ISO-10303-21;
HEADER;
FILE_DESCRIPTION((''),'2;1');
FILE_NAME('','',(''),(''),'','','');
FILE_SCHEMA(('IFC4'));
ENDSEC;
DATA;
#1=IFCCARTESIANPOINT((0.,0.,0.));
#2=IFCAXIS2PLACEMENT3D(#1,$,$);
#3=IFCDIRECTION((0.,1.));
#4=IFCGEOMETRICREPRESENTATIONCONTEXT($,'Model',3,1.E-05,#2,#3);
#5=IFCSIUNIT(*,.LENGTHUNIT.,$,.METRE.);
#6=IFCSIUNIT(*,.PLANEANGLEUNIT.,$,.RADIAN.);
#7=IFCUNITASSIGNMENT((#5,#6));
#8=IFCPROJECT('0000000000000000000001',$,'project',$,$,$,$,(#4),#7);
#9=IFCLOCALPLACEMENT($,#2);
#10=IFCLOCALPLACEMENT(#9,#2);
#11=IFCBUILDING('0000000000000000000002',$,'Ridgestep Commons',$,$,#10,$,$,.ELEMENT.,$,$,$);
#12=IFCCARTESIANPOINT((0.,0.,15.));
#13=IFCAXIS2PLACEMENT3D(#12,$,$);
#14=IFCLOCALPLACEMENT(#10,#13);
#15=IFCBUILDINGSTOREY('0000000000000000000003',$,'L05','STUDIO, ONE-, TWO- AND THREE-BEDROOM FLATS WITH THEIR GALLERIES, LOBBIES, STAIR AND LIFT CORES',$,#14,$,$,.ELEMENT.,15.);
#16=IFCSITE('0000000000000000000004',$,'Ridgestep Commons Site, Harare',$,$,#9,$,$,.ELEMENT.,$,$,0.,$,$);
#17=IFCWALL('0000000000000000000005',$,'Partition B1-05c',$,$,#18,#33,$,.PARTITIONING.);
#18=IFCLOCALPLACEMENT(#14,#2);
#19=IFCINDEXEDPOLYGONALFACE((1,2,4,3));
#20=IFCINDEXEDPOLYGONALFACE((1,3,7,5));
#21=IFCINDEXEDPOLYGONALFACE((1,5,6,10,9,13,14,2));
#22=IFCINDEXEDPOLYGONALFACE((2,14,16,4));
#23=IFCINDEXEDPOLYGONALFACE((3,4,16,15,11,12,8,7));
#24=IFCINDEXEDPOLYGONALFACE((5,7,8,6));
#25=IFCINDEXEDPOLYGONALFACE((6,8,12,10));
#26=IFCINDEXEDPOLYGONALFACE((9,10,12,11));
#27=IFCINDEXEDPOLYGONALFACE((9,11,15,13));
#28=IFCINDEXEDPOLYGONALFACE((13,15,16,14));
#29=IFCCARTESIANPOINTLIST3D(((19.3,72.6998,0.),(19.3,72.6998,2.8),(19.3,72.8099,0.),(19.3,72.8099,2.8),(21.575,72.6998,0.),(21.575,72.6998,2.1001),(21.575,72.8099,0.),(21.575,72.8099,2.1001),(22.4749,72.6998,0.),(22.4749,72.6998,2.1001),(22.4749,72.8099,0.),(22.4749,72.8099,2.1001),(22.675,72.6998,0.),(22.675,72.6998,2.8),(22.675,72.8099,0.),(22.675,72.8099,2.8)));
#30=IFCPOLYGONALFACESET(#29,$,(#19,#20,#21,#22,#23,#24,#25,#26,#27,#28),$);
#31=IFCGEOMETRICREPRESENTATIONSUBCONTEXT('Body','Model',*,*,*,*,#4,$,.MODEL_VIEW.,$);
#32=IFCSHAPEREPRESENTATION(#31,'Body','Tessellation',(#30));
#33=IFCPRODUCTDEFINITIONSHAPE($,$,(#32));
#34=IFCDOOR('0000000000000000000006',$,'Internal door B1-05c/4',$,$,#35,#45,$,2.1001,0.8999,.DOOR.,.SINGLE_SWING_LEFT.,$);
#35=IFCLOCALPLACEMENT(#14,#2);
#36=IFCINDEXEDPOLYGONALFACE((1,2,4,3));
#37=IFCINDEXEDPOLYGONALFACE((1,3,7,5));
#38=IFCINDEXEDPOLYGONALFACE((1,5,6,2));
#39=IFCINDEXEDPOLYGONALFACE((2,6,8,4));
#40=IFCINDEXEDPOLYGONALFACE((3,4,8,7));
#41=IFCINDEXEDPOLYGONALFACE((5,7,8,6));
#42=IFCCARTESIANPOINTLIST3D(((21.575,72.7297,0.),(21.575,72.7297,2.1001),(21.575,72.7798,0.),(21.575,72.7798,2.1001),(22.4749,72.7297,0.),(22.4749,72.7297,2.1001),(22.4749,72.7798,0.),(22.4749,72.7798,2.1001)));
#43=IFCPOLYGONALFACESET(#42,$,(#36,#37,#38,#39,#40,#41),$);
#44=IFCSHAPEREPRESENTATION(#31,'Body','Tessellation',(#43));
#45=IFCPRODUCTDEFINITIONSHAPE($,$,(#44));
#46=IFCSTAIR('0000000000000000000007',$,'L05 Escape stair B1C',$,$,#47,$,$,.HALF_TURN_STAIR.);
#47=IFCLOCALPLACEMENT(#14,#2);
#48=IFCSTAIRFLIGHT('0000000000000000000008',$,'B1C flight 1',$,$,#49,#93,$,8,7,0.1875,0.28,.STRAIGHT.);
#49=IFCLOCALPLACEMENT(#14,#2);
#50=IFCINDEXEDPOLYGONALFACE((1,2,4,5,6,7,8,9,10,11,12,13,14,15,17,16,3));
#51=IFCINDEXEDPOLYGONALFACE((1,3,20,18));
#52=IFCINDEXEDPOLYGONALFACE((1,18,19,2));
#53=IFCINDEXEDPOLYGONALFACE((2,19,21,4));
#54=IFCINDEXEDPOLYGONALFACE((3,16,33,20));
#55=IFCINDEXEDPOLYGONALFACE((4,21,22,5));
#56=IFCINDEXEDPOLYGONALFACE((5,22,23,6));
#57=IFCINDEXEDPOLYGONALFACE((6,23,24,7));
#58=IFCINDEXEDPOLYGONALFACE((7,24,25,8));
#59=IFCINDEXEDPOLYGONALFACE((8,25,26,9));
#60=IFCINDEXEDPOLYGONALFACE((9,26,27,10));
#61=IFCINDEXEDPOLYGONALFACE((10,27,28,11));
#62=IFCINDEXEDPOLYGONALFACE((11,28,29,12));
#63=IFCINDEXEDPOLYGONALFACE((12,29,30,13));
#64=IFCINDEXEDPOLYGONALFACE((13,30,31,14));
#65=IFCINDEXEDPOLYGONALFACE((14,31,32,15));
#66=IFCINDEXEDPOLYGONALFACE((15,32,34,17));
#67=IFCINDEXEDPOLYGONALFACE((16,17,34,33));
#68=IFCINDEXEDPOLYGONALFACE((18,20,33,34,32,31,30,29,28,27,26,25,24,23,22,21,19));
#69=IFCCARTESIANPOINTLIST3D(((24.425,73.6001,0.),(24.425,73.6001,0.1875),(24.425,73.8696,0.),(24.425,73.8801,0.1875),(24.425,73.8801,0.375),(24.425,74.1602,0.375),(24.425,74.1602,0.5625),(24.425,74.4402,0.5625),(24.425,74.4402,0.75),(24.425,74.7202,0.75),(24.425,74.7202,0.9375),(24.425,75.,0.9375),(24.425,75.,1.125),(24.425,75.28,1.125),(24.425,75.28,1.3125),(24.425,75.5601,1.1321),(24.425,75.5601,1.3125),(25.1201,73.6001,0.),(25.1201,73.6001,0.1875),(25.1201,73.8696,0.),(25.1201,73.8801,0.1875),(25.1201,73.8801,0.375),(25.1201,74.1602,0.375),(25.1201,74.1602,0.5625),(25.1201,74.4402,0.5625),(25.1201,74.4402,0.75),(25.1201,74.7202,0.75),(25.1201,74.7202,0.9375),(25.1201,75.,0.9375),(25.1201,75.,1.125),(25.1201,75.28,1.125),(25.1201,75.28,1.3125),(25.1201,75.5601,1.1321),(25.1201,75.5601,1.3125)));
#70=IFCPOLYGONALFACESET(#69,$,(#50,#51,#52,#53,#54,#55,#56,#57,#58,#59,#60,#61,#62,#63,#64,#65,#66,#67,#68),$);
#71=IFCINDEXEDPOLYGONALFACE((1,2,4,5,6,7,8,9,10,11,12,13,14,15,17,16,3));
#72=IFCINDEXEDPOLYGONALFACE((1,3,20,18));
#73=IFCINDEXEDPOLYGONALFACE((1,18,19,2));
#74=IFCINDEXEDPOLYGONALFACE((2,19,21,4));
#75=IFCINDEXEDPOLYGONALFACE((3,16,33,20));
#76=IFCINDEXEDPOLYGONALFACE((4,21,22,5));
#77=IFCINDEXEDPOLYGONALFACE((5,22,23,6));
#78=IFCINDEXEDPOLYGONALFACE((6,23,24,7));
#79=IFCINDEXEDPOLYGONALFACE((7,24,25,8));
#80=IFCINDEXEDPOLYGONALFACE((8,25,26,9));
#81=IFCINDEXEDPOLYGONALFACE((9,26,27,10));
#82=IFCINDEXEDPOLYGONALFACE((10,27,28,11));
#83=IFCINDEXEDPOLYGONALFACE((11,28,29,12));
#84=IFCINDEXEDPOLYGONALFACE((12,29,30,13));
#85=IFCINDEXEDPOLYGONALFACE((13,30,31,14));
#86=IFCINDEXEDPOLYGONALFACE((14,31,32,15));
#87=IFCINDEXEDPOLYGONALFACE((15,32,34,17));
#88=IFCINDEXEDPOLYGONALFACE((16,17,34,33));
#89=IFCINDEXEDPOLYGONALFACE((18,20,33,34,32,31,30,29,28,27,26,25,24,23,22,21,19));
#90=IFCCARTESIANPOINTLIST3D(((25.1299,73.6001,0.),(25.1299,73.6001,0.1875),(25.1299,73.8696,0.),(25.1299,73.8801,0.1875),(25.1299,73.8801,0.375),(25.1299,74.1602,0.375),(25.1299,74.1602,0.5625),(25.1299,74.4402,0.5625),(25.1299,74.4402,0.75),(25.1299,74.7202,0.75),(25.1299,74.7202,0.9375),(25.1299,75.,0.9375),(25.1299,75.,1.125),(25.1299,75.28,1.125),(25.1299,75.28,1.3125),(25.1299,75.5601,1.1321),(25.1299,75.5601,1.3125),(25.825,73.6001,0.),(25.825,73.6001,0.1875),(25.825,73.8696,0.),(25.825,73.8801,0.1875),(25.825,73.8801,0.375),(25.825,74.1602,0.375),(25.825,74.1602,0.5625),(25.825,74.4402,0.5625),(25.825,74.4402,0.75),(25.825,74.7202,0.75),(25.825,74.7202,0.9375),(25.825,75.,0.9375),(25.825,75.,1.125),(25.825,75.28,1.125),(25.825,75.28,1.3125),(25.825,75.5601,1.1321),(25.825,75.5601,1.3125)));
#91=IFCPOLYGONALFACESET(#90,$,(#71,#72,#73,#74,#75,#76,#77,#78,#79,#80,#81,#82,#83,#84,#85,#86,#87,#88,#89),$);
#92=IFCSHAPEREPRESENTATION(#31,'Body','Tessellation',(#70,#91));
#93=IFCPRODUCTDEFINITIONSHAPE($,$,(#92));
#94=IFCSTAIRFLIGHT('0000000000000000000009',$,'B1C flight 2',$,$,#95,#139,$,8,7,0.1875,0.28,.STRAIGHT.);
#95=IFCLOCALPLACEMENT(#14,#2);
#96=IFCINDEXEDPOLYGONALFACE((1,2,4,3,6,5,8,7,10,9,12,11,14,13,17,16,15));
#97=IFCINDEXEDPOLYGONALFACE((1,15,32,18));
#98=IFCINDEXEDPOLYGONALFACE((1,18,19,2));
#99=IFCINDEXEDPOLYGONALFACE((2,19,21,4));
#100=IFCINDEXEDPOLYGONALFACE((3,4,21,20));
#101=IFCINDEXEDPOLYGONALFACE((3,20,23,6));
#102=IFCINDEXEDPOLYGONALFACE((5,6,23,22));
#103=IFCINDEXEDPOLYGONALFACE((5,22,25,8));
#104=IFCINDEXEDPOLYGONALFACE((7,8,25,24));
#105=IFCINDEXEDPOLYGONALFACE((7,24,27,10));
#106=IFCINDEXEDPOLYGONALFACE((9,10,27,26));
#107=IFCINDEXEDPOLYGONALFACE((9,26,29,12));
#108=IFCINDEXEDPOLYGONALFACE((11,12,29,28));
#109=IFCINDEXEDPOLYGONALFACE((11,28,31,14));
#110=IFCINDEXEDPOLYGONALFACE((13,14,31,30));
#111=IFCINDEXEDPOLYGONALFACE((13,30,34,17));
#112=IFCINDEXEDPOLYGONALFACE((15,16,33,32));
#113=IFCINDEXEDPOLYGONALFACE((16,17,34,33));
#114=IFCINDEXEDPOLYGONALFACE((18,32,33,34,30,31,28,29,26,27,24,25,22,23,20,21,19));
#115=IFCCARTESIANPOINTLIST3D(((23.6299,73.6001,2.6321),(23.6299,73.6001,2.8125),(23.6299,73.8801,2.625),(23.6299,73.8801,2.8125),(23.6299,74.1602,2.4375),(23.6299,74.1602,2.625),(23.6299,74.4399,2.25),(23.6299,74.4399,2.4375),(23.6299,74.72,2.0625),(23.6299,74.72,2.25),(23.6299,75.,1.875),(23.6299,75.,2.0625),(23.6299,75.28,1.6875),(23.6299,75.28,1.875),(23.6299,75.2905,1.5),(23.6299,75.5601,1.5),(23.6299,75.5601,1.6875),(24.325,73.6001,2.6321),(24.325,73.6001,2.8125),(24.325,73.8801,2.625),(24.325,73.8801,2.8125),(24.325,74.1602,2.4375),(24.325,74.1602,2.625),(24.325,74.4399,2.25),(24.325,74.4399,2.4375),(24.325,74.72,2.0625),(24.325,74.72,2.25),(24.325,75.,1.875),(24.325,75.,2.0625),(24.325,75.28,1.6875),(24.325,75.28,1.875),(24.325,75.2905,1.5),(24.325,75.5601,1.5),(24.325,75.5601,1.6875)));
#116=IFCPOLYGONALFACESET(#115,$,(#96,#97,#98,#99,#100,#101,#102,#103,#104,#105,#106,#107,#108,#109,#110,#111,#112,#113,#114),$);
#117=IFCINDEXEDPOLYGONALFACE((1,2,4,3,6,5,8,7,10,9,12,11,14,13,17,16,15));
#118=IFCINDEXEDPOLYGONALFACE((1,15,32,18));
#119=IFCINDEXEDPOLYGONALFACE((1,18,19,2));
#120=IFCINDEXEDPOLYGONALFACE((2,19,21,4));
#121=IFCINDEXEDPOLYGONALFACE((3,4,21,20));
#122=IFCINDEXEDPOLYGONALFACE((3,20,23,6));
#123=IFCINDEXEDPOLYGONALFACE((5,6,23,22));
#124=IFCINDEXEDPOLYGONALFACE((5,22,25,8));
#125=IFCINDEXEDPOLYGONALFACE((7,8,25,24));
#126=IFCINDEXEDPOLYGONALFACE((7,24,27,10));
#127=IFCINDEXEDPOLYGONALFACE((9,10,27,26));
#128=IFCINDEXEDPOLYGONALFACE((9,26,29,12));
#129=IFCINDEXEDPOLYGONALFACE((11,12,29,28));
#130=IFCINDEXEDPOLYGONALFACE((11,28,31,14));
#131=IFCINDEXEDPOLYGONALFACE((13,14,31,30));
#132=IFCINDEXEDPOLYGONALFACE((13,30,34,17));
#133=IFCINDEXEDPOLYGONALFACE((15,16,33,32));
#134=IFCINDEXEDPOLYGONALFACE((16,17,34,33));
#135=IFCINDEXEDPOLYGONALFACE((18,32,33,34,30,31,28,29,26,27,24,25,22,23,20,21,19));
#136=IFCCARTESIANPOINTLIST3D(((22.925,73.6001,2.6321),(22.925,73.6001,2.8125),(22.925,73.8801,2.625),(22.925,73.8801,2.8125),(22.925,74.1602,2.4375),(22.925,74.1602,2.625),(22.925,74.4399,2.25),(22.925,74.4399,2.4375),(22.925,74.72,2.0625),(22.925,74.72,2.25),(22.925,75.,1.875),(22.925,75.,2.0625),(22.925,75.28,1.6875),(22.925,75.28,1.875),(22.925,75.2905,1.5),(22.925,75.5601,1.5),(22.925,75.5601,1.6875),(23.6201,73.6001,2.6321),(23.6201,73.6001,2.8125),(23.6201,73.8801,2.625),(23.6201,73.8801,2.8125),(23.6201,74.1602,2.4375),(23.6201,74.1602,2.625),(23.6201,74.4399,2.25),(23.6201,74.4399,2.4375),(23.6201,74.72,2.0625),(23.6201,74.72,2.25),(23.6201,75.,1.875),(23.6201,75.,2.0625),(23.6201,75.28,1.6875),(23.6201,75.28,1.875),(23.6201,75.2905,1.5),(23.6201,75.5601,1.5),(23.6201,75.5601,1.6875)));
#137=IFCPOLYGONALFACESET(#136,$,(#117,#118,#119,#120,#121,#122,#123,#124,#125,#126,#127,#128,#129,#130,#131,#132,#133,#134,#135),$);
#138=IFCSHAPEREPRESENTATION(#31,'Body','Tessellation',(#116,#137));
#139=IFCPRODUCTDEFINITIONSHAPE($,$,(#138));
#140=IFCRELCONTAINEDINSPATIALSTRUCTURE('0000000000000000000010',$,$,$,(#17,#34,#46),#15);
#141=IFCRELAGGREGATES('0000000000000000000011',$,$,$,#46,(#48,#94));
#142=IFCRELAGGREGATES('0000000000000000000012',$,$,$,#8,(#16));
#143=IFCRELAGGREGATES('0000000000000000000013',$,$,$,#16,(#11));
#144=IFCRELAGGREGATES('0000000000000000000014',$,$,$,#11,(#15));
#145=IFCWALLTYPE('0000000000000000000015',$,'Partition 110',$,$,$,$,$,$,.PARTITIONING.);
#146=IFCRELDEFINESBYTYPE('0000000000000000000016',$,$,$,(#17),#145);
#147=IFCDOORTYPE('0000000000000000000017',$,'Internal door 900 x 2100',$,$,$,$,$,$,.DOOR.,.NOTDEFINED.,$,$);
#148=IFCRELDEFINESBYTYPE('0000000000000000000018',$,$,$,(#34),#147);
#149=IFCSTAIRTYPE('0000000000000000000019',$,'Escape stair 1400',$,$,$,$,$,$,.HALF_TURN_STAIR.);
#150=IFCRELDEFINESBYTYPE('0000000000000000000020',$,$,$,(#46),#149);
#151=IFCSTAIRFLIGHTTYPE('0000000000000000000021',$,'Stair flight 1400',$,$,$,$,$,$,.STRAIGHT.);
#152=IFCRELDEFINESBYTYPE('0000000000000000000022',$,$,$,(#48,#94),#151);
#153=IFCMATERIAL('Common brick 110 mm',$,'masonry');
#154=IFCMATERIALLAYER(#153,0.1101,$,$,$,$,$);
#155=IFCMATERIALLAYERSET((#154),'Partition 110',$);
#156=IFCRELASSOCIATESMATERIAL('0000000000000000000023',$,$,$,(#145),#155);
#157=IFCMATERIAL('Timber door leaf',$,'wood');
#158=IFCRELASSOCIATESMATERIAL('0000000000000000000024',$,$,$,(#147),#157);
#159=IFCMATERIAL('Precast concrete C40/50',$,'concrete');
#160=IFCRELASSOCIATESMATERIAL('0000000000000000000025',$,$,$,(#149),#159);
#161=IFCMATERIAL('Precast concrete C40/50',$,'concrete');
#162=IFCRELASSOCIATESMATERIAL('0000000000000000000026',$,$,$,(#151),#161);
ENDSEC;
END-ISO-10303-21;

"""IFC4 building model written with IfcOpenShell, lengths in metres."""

from ifc_helpers import new_model, si_unit, direction, frame, frame_2d, origin, place, context, subcontext, project, spatial, polyline, rectangle, outline, extrude, material, layer, layer_set, type_object, element, fill, aggregate, save


model = new_model("IFC4")

# Units and contexts
model_context = context("Model", 3, precision=1e-05, world=origin(), true_north=direction((0.0, 1.0)))
body_context = subcontext(model_context, "Body", "Model", "MODEL_VIEW")
ifc_project = project(units=[si_unit("LENGTHUNIT", "METRE"), si_unit("PLANEANGLEUNIT", "RADIAN")], contexts=[model_context])

# Site, building, storey
site_placement = place(None, origin())
site = spatial("IfcSite", under=ifc_project, at=site_placement, Name="Ridgestep Commons Site, Harare", CompositionType="ELEMENT", RefElevation=0.0)
building_placement = place(site_placement, origin())
building = spatial("IfcBuilding", under=site, at=building_placement, Name="Ridgestep Commons", CompositionType="ELEMENT")
storey_placement = place(building_placement, frame((0.0, 0.0, 15.0)))
storey = spatial("IfcBuildingStorey", under=building, at=storey_placement, Name="L05", Description="STUDIO, ONE-, TWO- AND THREE-BEDROOM FLATS WITH THEIR GALLERIES, LOBBIES, STAIR AND LIFT CORES", CompositionType="ELEMENT", Elevation=15.0)

# Shared definitions
ifc_material_1 = material(Name="Common brick 110 mm", Category="masonry")
ifc_layer_1 = layer(ifc_material_1, 0.1101)
ifc_layer_set_1 = layer_set([ifc_layer_1], Name="Partition 110")
wall_type_1 = type_object("IfcWallType", Name="Partition 110", PredefinedType="PARTITIONING", material=ifc_layer_set_1)

# Wall, opening, door
wall_1_placement = place(storey_placement, frame((19.3, 72.7549, 0.0), z_axis=(0.0, 0.0, 1.0), x_axis=(1.0, 0.0, 0.0)))
wall_1 = element("IfcWall", 1, at=wall_1_placement, inside=storey, type_object=wall_type_1, Name="Partition B1-05c", PredefinedType="PARTITIONING", context=body_context, shape_type="SweptSolid", body=[
    extrude(rectangle(XDim=3.375, YDim=0.1101, at=frame_2d((1.6875, 0.0))), origin(), (0.0, 0.0, 1.0), 2.8),
])
opening_1_placement = place(wall_1_placement, frame((2.2749, 0.0, 0.0)))
opening_1 = element("IfcOpeningElement", 2, at=opening_1_placement, cuts=wall_1, PredefinedType="OPENING", context=body_context, shape_type="SweptSolid", body=[
    extrude(rectangle(XDim=0.8999, YDim=2.1001, at=frame_2d((0.45, 1.05))), frame((0.0, 0.0649, 0.0), z_axis=(0.0, -1.0, 0.0), x_axis=(1.0, 0.0, 0.0)), (0.0, 0.0, 1.0), 0.1301),
])
ifc_material_2 = material(Name="Timber door leaf", Category="wood")
door_type_1 = type_object("IfcDoorType", Name="Internal door 900 x 2100", OperationType="NOTDEFINED", PredefinedType="DOOR", material=ifc_material_2)
door_1_placement = place(opening_1_placement, origin())
door_1 = element("IfcDoor", 3, at=door_1_placement, inside=storey, type_object=door_type_1, Name="Internal door B1-05c/4", OperationType="SINGLE_SWING_LEFT", OverallHeight=2.1001, OverallWidth=0.8999, PredefinedType="DOOR", context=body_context, shape_type="SweptSolid", body=[
    extrude(rectangle(XDim=0.8999, YDim=2.1001, at=frame_2d((0.45, 1.05))), frame((0.0, 0.0249, 0.0), z_axis=(0.0, -1.0, 0.0), x_axis=(1.0, 0.0, 0.0)), (0.0, 0.0, 1.0), 0.05),
])
fill(opening_1, door_1)

# Stair, stair flights
ifc_material_3 = material(Name="Precast concrete C40/50", Category="concrete")
stair_type = type_object("IfcStairType", Name="Escape stair 1400", PredefinedType="HALF_TURN_STAIR", material=ifc_material_3)
stair_placement = place(storey_placement, origin())
stair = element("IfcStair", 4, at=stair_placement, inside=storey, type_object=stair_type, Name="L05 Escape stair B1C", PredefinedType="HALF_TURN_STAIR")
ifc_material_4 = material(Name="Precast concrete C40/50", Category="concrete")
stair_flight_type = type_object("IfcStairFlightType", Name="Stair flight 1400", PredefinedType="STRAIGHT", material=ifc_material_4)
stair_flight_1_placement = place(storey_placement, frame((25.125, 73.6001, 0.0), z_axis=(0.0, 0.0, 1.0), x_axis=(0.0, 1.0, 0.0)))
stair_flight_1 = element("IfcStairFlight", 5, at=stair_flight_1_placement, type_object=stair_flight_type, Name="B1C flight 1", NumberOfRisers=8, NumberOfTreads=7, PredefinedType="STRAIGHT", RiserHeight=0.1875, TreadLength=0.28, context=body_context, shape_type="SweptSolid", body=[
    extrude(outline(polyline([(0.0, 0.0), (0.0, 0.1875), (0.28, 0.1875), (0.28, 0.375), (0.5601, 0.375), (0.5601, 0.5625), (0.8401, 0.5625), (0.8401, 0.75), (1.1201, 0.75), (1.1201, 0.9375), (1.3999, 0.9375), (1.3999, 1.125), (1.6799, 1.125), (1.6799, 1.3125), (1.96, 1.3125), (1.96, 1.5), (1.96, 1.1321), (0.2695, 0.0), (0.0, 0.0)])), frame((0.0, 0.7, 0.0), z_axis=(0.0, -1.0, 0.0), x_axis=(1.0, 0.0, 0.0)), (0.0, 0.0, 1.0), 0.6951),
    extrude(outline(polyline([(0.0, 0.0), (0.0, 0.1875), (0.28, 0.1875), (0.28, 0.375), (0.5601, 0.375), (0.5601, 0.5625), (0.8401, 0.5625), (0.8401, 0.75), (1.1201, 0.75), (1.1201, 0.9375), (1.3999, 0.9375), (1.3999, 1.125), (1.6799, 1.125), (1.6799, 1.3125), (1.96, 1.3125), (1.96, 1.5), (1.96, 1.1321), (0.2695, 0.0), (0.0, 0.0)])), frame((0.0, -0.0049, 0.0), z_axis=(0.0, -1.0, 0.0), x_axis=(1.0, 0.0, 0.0)), (0.0, 0.0, 1.0), 0.6951),
])
stair_flight_2_placement = place(storey_placement, frame((23.625, 75.5601, 1.5), z_axis=(0.0, 0.0, 1.0), x_axis=(0.0, -1.0, 0.0)))
stair_flight_2 = element("IfcStairFlight", 6, at=stair_flight_2_placement, type_object=stair_flight_type, Name="B1C flight 2", NumberOfRisers=8, NumberOfTreads=7, PredefinedType="STRAIGHT", RiserHeight=0.1875, TreadLength=0.28, context=body_context, shape_type="SweptSolid", body=[
    extrude(outline(polyline([(0.0, 0.0), (0.0, 0.1875), (0.28, 0.1875), (0.28, 0.375), (0.5601, 0.375), (0.5601, 0.5625), (0.8401, 0.5625), (0.8401, 0.75), (1.1201, 0.75), (1.1201, 0.9375), (1.3999, 0.9375), (1.3999, 1.125), (1.6799, 1.125), (1.6799, 1.3125), (1.96, 1.3125), (1.96, 1.5), (1.96, 1.1321), (0.2695, 0.0), (0.0, 0.0)])), frame((0.0, 0.7, 0.0), z_axis=(0.0, -1.0, 0.0), x_axis=(1.0, 0.0, 0.0)), (0.0, 0.0, 1.0), 0.6951),
    extrude(outline(polyline([(0.0, 0.0), (0.0, 0.1875), (0.28, 0.1875), (0.28, 0.375), (0.5601, 0.375), (0.5601, 0.5625), (0.8401, 0.5625), (0.8401, 0.75), (1.1201, 0.75), (1.1201, 0.9375), (1.3999, 0.9375), (1.3999, 1.125), (1.6799, 1.125), (1.6799, 1.3125), (1.96, 1.3125), (1.96, 1.5), (1.96, 1.1321), (0.2695, 0.0), (0.0, 0.0)])), frame((0.0, -0.0049, 0.0), z_axis=(0.0, -1.0, 0.0), x_axis=(1.0, 0.0, 0.0)), (0.0, 0.0, 1.0), 0.6951),
])
aggregate(stair, [stair_flight_1, stair_flight_2])

save(model, "model.ifc")
